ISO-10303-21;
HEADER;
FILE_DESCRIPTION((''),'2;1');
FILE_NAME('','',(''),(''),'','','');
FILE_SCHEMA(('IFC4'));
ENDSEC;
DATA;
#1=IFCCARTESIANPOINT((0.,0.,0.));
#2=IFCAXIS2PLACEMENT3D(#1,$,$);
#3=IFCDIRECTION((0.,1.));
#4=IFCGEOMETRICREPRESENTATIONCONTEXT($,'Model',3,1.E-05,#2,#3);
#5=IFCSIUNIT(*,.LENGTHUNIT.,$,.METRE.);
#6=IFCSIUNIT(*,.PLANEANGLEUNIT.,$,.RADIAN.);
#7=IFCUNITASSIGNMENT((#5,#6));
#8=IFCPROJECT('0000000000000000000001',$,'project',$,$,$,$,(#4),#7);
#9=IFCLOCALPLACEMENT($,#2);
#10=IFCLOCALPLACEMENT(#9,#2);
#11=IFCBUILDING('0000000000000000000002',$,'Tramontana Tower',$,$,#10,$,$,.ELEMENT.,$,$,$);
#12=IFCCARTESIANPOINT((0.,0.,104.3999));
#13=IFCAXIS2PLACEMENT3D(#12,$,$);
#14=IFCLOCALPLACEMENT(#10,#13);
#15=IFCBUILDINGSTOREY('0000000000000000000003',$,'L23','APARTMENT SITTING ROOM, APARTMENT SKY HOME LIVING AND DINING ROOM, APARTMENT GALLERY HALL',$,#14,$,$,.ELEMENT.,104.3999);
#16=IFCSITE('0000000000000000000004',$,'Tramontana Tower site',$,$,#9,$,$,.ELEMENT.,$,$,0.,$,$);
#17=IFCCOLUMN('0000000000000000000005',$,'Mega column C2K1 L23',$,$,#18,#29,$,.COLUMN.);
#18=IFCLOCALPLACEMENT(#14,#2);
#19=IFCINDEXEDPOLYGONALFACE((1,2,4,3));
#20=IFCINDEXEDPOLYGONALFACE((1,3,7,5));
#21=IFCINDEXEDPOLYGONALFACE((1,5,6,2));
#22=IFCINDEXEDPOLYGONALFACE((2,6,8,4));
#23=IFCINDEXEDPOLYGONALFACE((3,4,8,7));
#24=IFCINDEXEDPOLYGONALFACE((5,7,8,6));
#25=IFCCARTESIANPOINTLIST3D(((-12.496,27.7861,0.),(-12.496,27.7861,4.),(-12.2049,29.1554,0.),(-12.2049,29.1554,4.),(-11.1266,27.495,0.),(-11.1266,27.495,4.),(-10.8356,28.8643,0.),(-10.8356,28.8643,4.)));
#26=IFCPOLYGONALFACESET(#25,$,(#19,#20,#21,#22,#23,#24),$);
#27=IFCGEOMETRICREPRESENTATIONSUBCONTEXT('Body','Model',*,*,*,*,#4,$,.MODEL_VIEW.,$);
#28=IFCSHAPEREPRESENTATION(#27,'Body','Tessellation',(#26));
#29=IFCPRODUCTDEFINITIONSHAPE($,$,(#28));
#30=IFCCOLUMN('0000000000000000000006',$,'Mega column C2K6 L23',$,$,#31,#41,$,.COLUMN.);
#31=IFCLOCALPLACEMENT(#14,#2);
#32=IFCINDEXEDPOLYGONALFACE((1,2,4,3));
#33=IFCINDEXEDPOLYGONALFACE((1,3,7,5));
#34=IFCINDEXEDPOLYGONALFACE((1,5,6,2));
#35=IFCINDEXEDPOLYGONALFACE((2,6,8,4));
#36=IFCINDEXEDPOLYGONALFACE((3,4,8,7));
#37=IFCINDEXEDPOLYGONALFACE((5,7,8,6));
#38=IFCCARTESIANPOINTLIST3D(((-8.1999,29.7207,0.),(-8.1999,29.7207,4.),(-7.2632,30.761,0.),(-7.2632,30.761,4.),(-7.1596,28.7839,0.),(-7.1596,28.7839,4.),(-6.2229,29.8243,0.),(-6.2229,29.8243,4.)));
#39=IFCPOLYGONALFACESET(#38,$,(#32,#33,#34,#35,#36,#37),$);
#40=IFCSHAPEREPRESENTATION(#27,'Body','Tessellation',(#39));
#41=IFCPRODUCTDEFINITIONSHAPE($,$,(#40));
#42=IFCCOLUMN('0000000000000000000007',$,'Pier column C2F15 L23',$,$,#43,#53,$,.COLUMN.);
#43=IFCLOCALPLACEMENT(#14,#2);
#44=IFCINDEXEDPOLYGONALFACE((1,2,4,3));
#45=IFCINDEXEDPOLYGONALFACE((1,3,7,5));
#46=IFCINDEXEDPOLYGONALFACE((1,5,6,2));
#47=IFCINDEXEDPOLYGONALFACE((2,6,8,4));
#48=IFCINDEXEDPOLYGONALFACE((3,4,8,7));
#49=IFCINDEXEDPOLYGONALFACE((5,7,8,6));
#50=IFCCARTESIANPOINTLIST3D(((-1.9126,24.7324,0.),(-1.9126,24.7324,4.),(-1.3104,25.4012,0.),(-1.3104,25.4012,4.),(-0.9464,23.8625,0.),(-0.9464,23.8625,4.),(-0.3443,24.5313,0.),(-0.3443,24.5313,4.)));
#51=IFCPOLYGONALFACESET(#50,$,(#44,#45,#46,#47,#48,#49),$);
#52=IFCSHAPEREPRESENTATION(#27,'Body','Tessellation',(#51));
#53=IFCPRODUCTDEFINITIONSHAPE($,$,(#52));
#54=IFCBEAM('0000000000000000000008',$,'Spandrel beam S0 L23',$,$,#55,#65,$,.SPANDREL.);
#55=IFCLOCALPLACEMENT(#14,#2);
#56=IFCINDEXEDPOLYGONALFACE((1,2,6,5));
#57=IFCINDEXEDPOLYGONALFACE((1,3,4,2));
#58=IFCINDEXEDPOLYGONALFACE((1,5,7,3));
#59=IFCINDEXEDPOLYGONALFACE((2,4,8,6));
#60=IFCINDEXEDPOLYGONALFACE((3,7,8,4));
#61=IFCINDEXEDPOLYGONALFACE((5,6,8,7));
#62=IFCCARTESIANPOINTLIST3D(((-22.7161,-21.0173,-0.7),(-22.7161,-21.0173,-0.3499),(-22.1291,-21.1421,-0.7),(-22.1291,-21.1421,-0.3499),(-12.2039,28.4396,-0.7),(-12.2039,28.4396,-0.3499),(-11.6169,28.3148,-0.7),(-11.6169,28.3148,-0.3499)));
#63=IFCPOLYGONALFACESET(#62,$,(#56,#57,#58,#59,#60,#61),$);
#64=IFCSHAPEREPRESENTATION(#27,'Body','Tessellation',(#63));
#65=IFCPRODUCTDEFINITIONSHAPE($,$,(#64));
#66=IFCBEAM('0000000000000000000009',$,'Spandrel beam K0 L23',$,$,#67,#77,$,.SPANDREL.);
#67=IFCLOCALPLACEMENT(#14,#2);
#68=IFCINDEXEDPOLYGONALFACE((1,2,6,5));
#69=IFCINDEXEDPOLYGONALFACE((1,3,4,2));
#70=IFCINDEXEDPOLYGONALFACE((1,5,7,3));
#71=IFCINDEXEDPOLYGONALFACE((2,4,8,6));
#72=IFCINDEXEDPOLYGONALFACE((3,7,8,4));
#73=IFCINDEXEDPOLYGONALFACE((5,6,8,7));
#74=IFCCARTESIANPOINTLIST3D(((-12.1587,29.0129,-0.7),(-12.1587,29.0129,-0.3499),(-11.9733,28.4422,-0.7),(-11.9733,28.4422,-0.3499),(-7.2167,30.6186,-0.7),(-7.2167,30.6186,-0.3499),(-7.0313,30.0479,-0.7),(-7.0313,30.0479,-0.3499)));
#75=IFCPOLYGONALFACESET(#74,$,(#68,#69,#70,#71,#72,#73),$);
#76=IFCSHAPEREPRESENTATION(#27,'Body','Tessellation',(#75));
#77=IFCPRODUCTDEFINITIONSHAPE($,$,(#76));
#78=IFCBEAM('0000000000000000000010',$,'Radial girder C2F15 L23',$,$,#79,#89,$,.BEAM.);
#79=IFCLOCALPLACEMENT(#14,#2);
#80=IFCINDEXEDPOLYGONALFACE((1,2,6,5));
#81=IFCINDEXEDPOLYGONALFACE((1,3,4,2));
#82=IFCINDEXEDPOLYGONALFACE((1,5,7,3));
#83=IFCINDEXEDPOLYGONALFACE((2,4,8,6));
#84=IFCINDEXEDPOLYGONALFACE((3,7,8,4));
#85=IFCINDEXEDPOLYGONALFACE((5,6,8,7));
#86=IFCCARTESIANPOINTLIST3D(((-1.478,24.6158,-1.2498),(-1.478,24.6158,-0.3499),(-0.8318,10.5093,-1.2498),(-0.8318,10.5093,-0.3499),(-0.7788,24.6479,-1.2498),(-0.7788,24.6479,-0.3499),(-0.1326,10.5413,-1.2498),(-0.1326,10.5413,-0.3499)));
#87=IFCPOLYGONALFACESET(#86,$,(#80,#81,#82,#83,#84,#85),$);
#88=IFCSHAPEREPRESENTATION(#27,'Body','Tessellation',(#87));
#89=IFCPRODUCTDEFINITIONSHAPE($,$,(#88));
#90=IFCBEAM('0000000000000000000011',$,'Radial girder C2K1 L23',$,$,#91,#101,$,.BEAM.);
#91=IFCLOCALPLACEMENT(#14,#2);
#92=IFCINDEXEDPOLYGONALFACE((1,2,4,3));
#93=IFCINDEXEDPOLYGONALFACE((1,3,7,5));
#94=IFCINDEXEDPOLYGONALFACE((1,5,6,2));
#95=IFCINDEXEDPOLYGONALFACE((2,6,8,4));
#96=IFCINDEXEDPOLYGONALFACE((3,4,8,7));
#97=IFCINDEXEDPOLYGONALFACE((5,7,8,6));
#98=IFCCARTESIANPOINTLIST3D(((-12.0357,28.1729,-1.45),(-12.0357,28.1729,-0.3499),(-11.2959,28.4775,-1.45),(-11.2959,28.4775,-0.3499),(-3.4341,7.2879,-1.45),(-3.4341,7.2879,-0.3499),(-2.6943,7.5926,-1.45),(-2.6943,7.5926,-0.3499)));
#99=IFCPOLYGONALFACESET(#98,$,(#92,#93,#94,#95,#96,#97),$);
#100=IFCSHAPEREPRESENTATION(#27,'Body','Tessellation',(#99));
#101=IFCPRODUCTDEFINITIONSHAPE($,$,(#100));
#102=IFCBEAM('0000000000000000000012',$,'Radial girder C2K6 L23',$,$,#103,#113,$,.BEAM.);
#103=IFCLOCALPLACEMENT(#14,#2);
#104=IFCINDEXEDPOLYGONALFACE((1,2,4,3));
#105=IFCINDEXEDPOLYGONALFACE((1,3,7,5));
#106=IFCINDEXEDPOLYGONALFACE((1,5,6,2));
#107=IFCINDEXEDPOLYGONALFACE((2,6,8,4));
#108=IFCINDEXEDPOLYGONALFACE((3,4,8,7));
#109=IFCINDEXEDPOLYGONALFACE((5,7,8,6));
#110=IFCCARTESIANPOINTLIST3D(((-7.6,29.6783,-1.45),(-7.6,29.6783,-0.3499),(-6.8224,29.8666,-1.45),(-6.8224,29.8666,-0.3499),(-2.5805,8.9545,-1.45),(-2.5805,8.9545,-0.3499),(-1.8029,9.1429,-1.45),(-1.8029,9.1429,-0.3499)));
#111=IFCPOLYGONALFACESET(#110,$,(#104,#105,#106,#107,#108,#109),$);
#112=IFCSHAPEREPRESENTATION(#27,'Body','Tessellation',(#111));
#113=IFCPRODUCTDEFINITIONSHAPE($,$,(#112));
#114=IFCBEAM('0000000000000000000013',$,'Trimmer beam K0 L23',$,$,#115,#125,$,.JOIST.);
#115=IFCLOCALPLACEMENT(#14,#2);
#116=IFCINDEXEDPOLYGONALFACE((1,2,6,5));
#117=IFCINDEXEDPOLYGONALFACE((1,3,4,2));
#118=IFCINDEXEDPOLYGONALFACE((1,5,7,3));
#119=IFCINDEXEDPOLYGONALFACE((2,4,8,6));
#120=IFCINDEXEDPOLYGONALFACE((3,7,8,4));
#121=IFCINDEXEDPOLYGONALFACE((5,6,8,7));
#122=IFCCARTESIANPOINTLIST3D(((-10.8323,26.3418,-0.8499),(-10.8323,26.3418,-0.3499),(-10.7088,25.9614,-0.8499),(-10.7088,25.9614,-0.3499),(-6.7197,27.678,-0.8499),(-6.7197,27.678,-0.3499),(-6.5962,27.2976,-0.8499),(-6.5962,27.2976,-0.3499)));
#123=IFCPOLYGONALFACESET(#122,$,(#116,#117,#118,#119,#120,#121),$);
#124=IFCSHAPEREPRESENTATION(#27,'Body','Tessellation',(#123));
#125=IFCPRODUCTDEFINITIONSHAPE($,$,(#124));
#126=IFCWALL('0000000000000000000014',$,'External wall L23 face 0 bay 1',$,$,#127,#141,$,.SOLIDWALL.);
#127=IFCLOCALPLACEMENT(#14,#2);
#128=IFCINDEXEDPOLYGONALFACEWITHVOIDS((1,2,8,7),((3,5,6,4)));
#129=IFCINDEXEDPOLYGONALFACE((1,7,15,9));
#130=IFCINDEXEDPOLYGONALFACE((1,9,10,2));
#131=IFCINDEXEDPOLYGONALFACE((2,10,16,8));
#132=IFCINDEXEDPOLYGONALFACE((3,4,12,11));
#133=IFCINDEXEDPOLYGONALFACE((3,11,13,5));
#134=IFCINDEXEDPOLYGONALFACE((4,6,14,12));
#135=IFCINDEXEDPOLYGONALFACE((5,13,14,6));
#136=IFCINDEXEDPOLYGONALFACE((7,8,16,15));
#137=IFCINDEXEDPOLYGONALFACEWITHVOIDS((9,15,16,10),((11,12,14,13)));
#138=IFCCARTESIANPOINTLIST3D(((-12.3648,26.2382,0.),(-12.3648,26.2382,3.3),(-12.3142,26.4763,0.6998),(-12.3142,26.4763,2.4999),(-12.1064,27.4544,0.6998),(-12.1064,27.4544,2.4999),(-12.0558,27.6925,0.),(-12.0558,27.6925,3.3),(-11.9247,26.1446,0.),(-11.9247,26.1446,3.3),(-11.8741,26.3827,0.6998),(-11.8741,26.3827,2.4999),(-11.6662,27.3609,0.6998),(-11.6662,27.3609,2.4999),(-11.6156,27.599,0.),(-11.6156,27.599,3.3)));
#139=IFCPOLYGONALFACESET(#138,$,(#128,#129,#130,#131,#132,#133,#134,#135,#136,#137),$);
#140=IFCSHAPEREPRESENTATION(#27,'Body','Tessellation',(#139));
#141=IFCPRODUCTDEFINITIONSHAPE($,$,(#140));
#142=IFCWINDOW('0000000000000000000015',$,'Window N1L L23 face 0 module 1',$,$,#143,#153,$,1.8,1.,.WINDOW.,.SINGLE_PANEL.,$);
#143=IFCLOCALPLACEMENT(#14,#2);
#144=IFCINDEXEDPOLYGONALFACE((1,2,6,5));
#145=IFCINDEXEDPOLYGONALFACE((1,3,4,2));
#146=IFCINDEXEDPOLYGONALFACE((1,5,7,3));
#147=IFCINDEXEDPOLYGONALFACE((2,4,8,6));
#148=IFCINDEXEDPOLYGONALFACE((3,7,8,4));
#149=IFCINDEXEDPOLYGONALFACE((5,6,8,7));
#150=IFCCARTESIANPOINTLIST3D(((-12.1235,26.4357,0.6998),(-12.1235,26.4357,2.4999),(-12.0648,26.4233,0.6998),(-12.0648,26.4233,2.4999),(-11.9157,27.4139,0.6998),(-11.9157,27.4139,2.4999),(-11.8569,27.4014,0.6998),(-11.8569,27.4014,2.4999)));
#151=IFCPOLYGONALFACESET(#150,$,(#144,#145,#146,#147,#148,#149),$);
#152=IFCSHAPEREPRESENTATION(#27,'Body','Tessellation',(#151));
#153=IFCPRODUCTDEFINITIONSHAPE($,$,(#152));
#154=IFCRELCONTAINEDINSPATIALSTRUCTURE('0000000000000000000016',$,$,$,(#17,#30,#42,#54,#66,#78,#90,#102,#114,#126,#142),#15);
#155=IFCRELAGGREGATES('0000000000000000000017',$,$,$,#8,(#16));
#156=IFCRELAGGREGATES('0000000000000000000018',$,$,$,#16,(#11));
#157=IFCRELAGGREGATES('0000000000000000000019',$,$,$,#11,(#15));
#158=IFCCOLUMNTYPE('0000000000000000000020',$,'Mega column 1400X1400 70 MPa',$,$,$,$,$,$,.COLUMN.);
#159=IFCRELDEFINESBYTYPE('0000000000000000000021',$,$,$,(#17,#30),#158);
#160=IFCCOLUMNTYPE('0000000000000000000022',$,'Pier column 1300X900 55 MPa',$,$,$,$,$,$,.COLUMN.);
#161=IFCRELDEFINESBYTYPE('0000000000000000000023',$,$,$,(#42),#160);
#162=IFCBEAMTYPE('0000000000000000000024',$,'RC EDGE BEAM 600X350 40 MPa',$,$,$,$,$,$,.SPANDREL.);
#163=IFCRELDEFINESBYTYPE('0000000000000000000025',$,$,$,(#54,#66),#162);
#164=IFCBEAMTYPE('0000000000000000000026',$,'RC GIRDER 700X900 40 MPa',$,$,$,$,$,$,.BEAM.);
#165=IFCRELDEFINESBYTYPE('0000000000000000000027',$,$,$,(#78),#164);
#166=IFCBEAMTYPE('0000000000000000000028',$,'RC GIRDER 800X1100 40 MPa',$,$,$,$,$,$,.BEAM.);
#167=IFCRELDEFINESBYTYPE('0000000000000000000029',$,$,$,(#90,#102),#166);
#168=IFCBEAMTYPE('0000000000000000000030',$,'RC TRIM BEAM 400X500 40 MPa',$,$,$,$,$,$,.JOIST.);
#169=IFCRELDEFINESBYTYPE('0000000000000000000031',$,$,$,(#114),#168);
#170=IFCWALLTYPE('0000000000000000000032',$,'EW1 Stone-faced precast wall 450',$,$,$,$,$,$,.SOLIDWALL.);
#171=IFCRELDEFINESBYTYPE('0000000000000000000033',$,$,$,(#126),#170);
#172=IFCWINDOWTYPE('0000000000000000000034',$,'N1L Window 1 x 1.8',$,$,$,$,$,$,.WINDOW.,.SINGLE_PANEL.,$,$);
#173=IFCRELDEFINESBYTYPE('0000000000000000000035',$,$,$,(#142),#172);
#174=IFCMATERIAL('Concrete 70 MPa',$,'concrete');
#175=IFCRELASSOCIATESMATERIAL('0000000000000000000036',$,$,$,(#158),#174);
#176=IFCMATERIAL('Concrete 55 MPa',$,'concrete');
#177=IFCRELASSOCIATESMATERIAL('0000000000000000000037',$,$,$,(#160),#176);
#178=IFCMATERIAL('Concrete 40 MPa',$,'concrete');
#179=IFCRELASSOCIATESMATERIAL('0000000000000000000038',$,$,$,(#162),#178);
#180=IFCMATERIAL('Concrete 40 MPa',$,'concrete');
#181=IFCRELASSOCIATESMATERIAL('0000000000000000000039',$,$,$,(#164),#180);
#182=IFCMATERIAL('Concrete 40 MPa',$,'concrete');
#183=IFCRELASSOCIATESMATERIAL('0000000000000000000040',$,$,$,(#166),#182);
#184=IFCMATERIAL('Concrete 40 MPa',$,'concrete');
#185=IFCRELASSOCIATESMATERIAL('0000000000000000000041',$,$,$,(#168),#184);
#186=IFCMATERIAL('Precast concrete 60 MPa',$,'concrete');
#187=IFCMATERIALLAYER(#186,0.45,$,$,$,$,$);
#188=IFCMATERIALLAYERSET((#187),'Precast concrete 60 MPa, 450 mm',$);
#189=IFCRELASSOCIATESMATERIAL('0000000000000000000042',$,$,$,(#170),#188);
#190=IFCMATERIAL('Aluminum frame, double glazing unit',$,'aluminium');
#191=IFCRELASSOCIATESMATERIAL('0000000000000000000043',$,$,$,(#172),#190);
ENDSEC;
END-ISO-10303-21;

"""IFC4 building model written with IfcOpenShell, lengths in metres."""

from ifc_helpers import new_model, si_unit, direction, frame, frame_2d, origin, origin_2d, place, context, subcontext, project, spatial, rectangle, extrude, material, layer, layer_set, material_profile, profile_set, type_object, element, fill, save


model = new_model("IFC4")

# Units and contexts
model_context = context("Model", 3, precision=1e-05, world=origin(), true_north=direction((0.0, 1.0)))
body_context = subcontext(model_context, "Body", "Model", "MODEL_VIEW")
ifc_project = project(units=[si_unit("LENGTHUNIT", "METRE"), si_unit("PLANEANGLEUNIT", "RADIAN")], contexts=[model_context])

# Site, building, storey
site_placement = place(None, origin())
site = spatial("IfcSite", under=ifc_project, at=site_placement, Name="Tramontana Tower site", CompositionType="ELEMENT", RefElevation=0.0)
building_placement = place(site_placement, origin())
building = spatial("IfcBuilding", under=site, at=building_placement, Name="Tramontana Tower", CompositionType="ELEMENT")
storey_placement = place(building_placement, frame((0.0, 0.0, 104.3999)))
storey = spatial("IfcBuildingStorey", under=building, at=storey_placement, Name="L23", Description="APARTMENT SITTING ROOM, APARTMENT SKY HOME LIVING AND DINING ROOM, APARTMENT GALLERY HALL", CompositionType="ELEMENT", Elevation=104.3999)

# Columns
ifc_material_1 = material(Name="Concrete 70 MPa", Category="concrete")
ifc_material_profile_1 = material_profile(ifc_material_1, rectangle(XDim=1.3999, YDim=1.3999, at=origin_2d()), Name="Mega column 1400X1400 70 MPa")
ifc_profile_set_1 = profile_set([ifc_material_profile_1], Name="Concrete 70 MPa")
column_type_1 = type_object("IfcColumnType", Name="Mega column 1400X1400 70 MPa", PredefinedType="COLUMN", material=ifc_profile_set_1)
for number, where, z_axis, x_axis, name in (
    (1, (-11.6658, 28.3252, 0.0), (0.0, 0.0, 1.0), (-0.207912, -0.978148, 0.0), "Mega column C2K1 L23"),
    (2, (-7.2114, 29.7725, 0.0), (0.0, 0.0, 1.0), (-0.743145, 0.669131, 0.0), "Mega column C2K6 L23"),
):
    element("IfcColumn", number, at=place(storey_placement, frame(where, z_axis=z_axis, x_axis=x_axis)), inside=storey, type_object=column_type_1, Name=name, PredefinedType="COLUMN", context=body_context, shape_type="SweptSolid", body=[
        extrude(rectangle(XDim=1.3999, YDim=1.3999, at=origin_2d()), origin(), (0.0, 0.0, 1.0), 4.0),
    ])
ifc_material_2 = material(Name="Concrete 55 MPa", Category="concrete")
ifc_material_profile_2 = material_profile(ifc_material_2, rectangle(XDim=1.3, YDim=0.8999, at=origin_2d()), Name="Pier column 1300X900 55 MPa")
ifc_profile_set_2 = profile_set([ifc_material_profile_2], Name="Concrete 55 MPa")
column_type_2 = type_object("IfcColumnType", Name="Pier column 1300X900 55 MPa", PredefinedType="COLUMN", material=ifc_profile_set_2)
column_placement = place(storey_placement, frame((-1.1284, 24.6318, 0.0), z_axis=(0.0, 0.0, 1.0), x_axis=(-0.743145, 0.669131, 0.0)))
element("IfcColumn", 3, at=column_placement, inside=storey, type_object=column_type_2, Name="Pier column C2F15 L23", PredefinedType="COLUMN", context=body_context, shape_type="SweptSolid", body=[
    extrude(rectangle(XDim=1.3, YDim=0.8999, at=origin_2d()), origin(), (0.0, 0.0, 1.0), 4.0),
])

# Beams
ifc_material_3 = material(Name="Concrete 40 MPa", Category="concrete")
ifc_material_profile_3 = material_profile(ifc_material_3, rectangle(XDim=0.6001, YDim=0.3501, at=origin_2d()), Name="RC EDGE BEAM 600X350 40 MPa")
ifc_profile_set_3 = profile_set([ifc_material_profile_3], Name="Concrete 40 MPa")
beam_type_1 = type_object("IfcBeamType", Name="RC EDGE BEAM 600X350 40 MPa", PredefinedType="SPANDREL", material=ifc_profile_set_3)
beam_1_placement = place(storey_placement, frame((-11.9104, 28.3772, -0.5249), z_axis=(-0.207909, -0.978148, 0.0), x_axis=(0.978148, -0.207909, 0.0)))
element("IfcBeam", 4, at=beam_1_placement, inside=storey, type_object=beam_type_1, Name="Spandrel beam S0 L23", PredefinedType="SPANDREL", context=body_context, shape_type="SweptSolid", body=[
    extrude(rectangle(XDim=0.6001, YDim=0.3501, at=origin_2d()), origin(), (0.0, 0.0, 1.0), 50.5618),
])
beam_2_placement = place(storey_placement, frame((-7.124, 30.3333, -0.5249), z_axis=(-0.951057, -0.309016, 0.0), x_axis=(0.309016, -0.951057, 0.0)))
element("IfcBeam", 5, at=beam_2_placement, inside=storey, type_object=beam_type_1, Name="Spandrel beam K0 L23", PredefinedType="SPANDREL", context=body_context, shape_type="SweptSolid", body=[
    extrude(rectangle(XDim=0.6001, YDim=0.3501, at=origin_2d()), origin(), (0.0, 0.0, 1.0), 5.1963),
])
ifc_material_4 = material(Name="Concrete 40 MPa", Category="concrete")
ifc_material_profile_4 = material_profile(ifc_material_4, rectangle(XDim=0.7, YDim=0.8999, at=origin_2d()), Name="RC GIRDER 700X900 40 MPa")
ifc_profile_set_4 = profile_set([ifc_material_profile_4], Name="Concrete 40 MPa")
beam_type_2 = type_object("IfcBeamType", Name="RC GIRDER 700X900 40 MPa", PredefinedType="BEAM", material=ifc_profile_set_4)
beam_3_placement = place(storey_placement, frame((-1.1284, 24.6318, -0.7998), z_axis=(0.045764, -0.998952, 0.0), x_axis=(0.998952, 0.045764, 0.0)))
element("IfcBeam", 6, at=beam_3_placement, inside=storey, type_object=beam_type_2, Name="Radial girder C2F15 L23", PredefinedType="BEAM", context=body_context, shape_type="SweptSolid", body=[
    extrude(rectangle(XDim=0.7, YDim=0.8999, at=origin_2d()), origin(), (0.0, 0.0, 1.0), 14.1213),
])
ifc_material_5 = material(Name="Concrete 40 MPa", Category="concrete")
ifc_material_profile_5 = material_profile(ifc_material_5, rectangle(XDim=0.8, YDim=1.1001, at=origin_2d()), Name="RC GIRDER 800X1100 40 MPa")
ifc_profile_set_5 = profile_set([ifc_material_profile_5], Name="Concrete 40 MPa")
beam_type_3 = type_object("IfcBeamType", Name="RC GIRDER 800X1100 40 MPa", PredefinedType="BEAM", material=ifc_profile_set_5)
beam_4_placement = place(storey_placement, frame((-11.6658, 28.3252, -0.8999), z_axis=(0.38082, -0.924649, 0.0), x_axis=(0.924649, 0.38082, 0.0)))
element("IfcBeam", 7, at=beam_4_placement, inside=storey, type_object=beam_type_3, Name="Radial girder C2K1 L23", PredefinedType="BEAM", context=body_context, shape_type="SweptSolid", body=[
    extrude(rectangle(XDim=0.8, YDim=1.1001, at=origin_2d()), origin(), (0.0, 0.0, 1.0), 22.5869),
])
beam_5_placement = place(storey_placement, frame((-7.2112, 29.7725, -0.8999), z_axis=(0.235403, -0.971898, 0.0), x_axis=(0.971898, 0.235403, 0.0)))
element("IfcBeam", 8, at=beam_5_placement, inside=storey, type_object=beam_type_3, Name="Radial girder C2K6 L23", PredefinedType="BEAM", context=body_context, shape_type="SweptSolid", body=[
    extrude(rectangle(XDim=0.8, YDim=1.1001, at=origin_2d()), origin(), (0.0, 0.0, 1.0), 21.323),
])
ifc_material_6 = material(Name="Concrete 40 MPa", Category="concrete")
ifc_material_profile_6 = material_profile(ifc_material_6, rectangle(XDim=0.3999, YDim=0.5, at=origin_2d()), Name="RC TRIM BEAM 400X500 40 MPa")
ifc_profile_set_6 = profile_set([ifc_material_profile_6], Name="Concrete 40 MPa")
beam_type_4 = type_object("IfcBeamType", Name="RC TRIM BEAM 400X500 40 MPa", PredefinedType="JOIST", material=ifc_profile_set_6)
beam_6_placement = place(storey_placement, frame((-6.658, 27.4878, -0.5999), z_axis=(-0.951061, -0.309003, 0.0), x_axis=(0.309003, -0.951061, 0.0)))
element("IfcBeam", 9, at=beam_6_placement, inside=storey, type_object=beam_type_4, Name="Trimmer beam K0 L23", PredefinedType="JOIST", context=body_context, shape_type="SweptSolid", body=[
    extrude(rectangle(XDim=0.3999, YDim=0.5, at=origin_2d()), origin(), (0.0, 0.0, 1.0), 4.3242),
])

# Wall, opening, window
ifc_material_7 = material(Name="Precast concrete 60 MPa", Category="concrete")
ifc_layer_1 = layer(ifc_material_7, 0.45)
ifc_layer_set_1 = layer_set([ifc_layer_1], Name="Precast concrete 60 MPa, 450 mm")
wall_type_1 = type_object("IfcWallType", Name="EW1 Stone-faced precast wall 450", PredefinedType="SOLIDWALL", material=ifc_layer_set_1)
wall_1_placement = place(storey_placement, frame((-11.8357, 27.6458, 0.0), z_axis=(0.0, 0.0, 1.0), x_axis=(-0.20788, -0.978154, 0.0)))
wall_1 = element("IfcWall", 10, at=wall_1_placement, inside=storey, type_object=wall_type_1, Name="External wall L23 face 0 bay 1", PredefinedType="SOLIDWALL", context=body_context, shape_type="SweptSolid", body=[
    extrude(rectangle(XDim=1.4868, YDim=0.45, at=frame_2d((0.7434, 0.0))), origin(), (0.0, 0.0, 1.0), 3.3),
])
opening_1_placement = place(wall_1_placement, frame((0.2434, 0.0, 0.7)))
opening_1 = element("IfcOpeningElement", 11, at=opening_1_placement, cuts=wall_1, PredefinedType="OPENING", context=body_context, shape_type="SweptSolid", body=[
    extrude(rectangle(XDim=1.0, YDim=1.8, at=frame_2d((0.5, 0.8999))), frame((0.0, 0.2349, 0.0), z_axis=(0.0, -1.0, 0.0), x_axis=(1.0, 0.0, 0.0)), (0.0, 0.0, 1.0), 0.47),
])
ifc_material_8 = material(Name="Aluminum frame, double glazing unit", Category="aluminium")
window_type_1 = type_object("IfcWindowType", Name="N1L Window 1 x 1.8", PartitioningType="SINGLE_PANEL", PredefinedType="WINDOW", material=ifc_material_8)
window_1_placement = place(opening_1_placement, origin())
window_1 = element("IfcWindow", 12, at=window_1_placement, inside=storey, type_object=window_type_1, Name="Window N1L L23 face 0 module 1", OverallHeight=1.8, OverallWidth=1.0, PartitioningType="SINGLE_PANEL", PredefinedType="WINDOW", context=body_context, shape_type="SweptSolid", body=[
    extrude(rectangle(XDim=1.0, YDim=1.8, at=frame_2d((0.5, 0.8999))), frame((0.0, 0.03, 0.0), z_axis=(0.0, -1.0, 0.0), x_axis=(1.0, 0.0, 0.0)), (0.0, 0.0, 1.0), 0.0601),
])
fill(opening_1, window_1)

save(model, "model.ifc")
